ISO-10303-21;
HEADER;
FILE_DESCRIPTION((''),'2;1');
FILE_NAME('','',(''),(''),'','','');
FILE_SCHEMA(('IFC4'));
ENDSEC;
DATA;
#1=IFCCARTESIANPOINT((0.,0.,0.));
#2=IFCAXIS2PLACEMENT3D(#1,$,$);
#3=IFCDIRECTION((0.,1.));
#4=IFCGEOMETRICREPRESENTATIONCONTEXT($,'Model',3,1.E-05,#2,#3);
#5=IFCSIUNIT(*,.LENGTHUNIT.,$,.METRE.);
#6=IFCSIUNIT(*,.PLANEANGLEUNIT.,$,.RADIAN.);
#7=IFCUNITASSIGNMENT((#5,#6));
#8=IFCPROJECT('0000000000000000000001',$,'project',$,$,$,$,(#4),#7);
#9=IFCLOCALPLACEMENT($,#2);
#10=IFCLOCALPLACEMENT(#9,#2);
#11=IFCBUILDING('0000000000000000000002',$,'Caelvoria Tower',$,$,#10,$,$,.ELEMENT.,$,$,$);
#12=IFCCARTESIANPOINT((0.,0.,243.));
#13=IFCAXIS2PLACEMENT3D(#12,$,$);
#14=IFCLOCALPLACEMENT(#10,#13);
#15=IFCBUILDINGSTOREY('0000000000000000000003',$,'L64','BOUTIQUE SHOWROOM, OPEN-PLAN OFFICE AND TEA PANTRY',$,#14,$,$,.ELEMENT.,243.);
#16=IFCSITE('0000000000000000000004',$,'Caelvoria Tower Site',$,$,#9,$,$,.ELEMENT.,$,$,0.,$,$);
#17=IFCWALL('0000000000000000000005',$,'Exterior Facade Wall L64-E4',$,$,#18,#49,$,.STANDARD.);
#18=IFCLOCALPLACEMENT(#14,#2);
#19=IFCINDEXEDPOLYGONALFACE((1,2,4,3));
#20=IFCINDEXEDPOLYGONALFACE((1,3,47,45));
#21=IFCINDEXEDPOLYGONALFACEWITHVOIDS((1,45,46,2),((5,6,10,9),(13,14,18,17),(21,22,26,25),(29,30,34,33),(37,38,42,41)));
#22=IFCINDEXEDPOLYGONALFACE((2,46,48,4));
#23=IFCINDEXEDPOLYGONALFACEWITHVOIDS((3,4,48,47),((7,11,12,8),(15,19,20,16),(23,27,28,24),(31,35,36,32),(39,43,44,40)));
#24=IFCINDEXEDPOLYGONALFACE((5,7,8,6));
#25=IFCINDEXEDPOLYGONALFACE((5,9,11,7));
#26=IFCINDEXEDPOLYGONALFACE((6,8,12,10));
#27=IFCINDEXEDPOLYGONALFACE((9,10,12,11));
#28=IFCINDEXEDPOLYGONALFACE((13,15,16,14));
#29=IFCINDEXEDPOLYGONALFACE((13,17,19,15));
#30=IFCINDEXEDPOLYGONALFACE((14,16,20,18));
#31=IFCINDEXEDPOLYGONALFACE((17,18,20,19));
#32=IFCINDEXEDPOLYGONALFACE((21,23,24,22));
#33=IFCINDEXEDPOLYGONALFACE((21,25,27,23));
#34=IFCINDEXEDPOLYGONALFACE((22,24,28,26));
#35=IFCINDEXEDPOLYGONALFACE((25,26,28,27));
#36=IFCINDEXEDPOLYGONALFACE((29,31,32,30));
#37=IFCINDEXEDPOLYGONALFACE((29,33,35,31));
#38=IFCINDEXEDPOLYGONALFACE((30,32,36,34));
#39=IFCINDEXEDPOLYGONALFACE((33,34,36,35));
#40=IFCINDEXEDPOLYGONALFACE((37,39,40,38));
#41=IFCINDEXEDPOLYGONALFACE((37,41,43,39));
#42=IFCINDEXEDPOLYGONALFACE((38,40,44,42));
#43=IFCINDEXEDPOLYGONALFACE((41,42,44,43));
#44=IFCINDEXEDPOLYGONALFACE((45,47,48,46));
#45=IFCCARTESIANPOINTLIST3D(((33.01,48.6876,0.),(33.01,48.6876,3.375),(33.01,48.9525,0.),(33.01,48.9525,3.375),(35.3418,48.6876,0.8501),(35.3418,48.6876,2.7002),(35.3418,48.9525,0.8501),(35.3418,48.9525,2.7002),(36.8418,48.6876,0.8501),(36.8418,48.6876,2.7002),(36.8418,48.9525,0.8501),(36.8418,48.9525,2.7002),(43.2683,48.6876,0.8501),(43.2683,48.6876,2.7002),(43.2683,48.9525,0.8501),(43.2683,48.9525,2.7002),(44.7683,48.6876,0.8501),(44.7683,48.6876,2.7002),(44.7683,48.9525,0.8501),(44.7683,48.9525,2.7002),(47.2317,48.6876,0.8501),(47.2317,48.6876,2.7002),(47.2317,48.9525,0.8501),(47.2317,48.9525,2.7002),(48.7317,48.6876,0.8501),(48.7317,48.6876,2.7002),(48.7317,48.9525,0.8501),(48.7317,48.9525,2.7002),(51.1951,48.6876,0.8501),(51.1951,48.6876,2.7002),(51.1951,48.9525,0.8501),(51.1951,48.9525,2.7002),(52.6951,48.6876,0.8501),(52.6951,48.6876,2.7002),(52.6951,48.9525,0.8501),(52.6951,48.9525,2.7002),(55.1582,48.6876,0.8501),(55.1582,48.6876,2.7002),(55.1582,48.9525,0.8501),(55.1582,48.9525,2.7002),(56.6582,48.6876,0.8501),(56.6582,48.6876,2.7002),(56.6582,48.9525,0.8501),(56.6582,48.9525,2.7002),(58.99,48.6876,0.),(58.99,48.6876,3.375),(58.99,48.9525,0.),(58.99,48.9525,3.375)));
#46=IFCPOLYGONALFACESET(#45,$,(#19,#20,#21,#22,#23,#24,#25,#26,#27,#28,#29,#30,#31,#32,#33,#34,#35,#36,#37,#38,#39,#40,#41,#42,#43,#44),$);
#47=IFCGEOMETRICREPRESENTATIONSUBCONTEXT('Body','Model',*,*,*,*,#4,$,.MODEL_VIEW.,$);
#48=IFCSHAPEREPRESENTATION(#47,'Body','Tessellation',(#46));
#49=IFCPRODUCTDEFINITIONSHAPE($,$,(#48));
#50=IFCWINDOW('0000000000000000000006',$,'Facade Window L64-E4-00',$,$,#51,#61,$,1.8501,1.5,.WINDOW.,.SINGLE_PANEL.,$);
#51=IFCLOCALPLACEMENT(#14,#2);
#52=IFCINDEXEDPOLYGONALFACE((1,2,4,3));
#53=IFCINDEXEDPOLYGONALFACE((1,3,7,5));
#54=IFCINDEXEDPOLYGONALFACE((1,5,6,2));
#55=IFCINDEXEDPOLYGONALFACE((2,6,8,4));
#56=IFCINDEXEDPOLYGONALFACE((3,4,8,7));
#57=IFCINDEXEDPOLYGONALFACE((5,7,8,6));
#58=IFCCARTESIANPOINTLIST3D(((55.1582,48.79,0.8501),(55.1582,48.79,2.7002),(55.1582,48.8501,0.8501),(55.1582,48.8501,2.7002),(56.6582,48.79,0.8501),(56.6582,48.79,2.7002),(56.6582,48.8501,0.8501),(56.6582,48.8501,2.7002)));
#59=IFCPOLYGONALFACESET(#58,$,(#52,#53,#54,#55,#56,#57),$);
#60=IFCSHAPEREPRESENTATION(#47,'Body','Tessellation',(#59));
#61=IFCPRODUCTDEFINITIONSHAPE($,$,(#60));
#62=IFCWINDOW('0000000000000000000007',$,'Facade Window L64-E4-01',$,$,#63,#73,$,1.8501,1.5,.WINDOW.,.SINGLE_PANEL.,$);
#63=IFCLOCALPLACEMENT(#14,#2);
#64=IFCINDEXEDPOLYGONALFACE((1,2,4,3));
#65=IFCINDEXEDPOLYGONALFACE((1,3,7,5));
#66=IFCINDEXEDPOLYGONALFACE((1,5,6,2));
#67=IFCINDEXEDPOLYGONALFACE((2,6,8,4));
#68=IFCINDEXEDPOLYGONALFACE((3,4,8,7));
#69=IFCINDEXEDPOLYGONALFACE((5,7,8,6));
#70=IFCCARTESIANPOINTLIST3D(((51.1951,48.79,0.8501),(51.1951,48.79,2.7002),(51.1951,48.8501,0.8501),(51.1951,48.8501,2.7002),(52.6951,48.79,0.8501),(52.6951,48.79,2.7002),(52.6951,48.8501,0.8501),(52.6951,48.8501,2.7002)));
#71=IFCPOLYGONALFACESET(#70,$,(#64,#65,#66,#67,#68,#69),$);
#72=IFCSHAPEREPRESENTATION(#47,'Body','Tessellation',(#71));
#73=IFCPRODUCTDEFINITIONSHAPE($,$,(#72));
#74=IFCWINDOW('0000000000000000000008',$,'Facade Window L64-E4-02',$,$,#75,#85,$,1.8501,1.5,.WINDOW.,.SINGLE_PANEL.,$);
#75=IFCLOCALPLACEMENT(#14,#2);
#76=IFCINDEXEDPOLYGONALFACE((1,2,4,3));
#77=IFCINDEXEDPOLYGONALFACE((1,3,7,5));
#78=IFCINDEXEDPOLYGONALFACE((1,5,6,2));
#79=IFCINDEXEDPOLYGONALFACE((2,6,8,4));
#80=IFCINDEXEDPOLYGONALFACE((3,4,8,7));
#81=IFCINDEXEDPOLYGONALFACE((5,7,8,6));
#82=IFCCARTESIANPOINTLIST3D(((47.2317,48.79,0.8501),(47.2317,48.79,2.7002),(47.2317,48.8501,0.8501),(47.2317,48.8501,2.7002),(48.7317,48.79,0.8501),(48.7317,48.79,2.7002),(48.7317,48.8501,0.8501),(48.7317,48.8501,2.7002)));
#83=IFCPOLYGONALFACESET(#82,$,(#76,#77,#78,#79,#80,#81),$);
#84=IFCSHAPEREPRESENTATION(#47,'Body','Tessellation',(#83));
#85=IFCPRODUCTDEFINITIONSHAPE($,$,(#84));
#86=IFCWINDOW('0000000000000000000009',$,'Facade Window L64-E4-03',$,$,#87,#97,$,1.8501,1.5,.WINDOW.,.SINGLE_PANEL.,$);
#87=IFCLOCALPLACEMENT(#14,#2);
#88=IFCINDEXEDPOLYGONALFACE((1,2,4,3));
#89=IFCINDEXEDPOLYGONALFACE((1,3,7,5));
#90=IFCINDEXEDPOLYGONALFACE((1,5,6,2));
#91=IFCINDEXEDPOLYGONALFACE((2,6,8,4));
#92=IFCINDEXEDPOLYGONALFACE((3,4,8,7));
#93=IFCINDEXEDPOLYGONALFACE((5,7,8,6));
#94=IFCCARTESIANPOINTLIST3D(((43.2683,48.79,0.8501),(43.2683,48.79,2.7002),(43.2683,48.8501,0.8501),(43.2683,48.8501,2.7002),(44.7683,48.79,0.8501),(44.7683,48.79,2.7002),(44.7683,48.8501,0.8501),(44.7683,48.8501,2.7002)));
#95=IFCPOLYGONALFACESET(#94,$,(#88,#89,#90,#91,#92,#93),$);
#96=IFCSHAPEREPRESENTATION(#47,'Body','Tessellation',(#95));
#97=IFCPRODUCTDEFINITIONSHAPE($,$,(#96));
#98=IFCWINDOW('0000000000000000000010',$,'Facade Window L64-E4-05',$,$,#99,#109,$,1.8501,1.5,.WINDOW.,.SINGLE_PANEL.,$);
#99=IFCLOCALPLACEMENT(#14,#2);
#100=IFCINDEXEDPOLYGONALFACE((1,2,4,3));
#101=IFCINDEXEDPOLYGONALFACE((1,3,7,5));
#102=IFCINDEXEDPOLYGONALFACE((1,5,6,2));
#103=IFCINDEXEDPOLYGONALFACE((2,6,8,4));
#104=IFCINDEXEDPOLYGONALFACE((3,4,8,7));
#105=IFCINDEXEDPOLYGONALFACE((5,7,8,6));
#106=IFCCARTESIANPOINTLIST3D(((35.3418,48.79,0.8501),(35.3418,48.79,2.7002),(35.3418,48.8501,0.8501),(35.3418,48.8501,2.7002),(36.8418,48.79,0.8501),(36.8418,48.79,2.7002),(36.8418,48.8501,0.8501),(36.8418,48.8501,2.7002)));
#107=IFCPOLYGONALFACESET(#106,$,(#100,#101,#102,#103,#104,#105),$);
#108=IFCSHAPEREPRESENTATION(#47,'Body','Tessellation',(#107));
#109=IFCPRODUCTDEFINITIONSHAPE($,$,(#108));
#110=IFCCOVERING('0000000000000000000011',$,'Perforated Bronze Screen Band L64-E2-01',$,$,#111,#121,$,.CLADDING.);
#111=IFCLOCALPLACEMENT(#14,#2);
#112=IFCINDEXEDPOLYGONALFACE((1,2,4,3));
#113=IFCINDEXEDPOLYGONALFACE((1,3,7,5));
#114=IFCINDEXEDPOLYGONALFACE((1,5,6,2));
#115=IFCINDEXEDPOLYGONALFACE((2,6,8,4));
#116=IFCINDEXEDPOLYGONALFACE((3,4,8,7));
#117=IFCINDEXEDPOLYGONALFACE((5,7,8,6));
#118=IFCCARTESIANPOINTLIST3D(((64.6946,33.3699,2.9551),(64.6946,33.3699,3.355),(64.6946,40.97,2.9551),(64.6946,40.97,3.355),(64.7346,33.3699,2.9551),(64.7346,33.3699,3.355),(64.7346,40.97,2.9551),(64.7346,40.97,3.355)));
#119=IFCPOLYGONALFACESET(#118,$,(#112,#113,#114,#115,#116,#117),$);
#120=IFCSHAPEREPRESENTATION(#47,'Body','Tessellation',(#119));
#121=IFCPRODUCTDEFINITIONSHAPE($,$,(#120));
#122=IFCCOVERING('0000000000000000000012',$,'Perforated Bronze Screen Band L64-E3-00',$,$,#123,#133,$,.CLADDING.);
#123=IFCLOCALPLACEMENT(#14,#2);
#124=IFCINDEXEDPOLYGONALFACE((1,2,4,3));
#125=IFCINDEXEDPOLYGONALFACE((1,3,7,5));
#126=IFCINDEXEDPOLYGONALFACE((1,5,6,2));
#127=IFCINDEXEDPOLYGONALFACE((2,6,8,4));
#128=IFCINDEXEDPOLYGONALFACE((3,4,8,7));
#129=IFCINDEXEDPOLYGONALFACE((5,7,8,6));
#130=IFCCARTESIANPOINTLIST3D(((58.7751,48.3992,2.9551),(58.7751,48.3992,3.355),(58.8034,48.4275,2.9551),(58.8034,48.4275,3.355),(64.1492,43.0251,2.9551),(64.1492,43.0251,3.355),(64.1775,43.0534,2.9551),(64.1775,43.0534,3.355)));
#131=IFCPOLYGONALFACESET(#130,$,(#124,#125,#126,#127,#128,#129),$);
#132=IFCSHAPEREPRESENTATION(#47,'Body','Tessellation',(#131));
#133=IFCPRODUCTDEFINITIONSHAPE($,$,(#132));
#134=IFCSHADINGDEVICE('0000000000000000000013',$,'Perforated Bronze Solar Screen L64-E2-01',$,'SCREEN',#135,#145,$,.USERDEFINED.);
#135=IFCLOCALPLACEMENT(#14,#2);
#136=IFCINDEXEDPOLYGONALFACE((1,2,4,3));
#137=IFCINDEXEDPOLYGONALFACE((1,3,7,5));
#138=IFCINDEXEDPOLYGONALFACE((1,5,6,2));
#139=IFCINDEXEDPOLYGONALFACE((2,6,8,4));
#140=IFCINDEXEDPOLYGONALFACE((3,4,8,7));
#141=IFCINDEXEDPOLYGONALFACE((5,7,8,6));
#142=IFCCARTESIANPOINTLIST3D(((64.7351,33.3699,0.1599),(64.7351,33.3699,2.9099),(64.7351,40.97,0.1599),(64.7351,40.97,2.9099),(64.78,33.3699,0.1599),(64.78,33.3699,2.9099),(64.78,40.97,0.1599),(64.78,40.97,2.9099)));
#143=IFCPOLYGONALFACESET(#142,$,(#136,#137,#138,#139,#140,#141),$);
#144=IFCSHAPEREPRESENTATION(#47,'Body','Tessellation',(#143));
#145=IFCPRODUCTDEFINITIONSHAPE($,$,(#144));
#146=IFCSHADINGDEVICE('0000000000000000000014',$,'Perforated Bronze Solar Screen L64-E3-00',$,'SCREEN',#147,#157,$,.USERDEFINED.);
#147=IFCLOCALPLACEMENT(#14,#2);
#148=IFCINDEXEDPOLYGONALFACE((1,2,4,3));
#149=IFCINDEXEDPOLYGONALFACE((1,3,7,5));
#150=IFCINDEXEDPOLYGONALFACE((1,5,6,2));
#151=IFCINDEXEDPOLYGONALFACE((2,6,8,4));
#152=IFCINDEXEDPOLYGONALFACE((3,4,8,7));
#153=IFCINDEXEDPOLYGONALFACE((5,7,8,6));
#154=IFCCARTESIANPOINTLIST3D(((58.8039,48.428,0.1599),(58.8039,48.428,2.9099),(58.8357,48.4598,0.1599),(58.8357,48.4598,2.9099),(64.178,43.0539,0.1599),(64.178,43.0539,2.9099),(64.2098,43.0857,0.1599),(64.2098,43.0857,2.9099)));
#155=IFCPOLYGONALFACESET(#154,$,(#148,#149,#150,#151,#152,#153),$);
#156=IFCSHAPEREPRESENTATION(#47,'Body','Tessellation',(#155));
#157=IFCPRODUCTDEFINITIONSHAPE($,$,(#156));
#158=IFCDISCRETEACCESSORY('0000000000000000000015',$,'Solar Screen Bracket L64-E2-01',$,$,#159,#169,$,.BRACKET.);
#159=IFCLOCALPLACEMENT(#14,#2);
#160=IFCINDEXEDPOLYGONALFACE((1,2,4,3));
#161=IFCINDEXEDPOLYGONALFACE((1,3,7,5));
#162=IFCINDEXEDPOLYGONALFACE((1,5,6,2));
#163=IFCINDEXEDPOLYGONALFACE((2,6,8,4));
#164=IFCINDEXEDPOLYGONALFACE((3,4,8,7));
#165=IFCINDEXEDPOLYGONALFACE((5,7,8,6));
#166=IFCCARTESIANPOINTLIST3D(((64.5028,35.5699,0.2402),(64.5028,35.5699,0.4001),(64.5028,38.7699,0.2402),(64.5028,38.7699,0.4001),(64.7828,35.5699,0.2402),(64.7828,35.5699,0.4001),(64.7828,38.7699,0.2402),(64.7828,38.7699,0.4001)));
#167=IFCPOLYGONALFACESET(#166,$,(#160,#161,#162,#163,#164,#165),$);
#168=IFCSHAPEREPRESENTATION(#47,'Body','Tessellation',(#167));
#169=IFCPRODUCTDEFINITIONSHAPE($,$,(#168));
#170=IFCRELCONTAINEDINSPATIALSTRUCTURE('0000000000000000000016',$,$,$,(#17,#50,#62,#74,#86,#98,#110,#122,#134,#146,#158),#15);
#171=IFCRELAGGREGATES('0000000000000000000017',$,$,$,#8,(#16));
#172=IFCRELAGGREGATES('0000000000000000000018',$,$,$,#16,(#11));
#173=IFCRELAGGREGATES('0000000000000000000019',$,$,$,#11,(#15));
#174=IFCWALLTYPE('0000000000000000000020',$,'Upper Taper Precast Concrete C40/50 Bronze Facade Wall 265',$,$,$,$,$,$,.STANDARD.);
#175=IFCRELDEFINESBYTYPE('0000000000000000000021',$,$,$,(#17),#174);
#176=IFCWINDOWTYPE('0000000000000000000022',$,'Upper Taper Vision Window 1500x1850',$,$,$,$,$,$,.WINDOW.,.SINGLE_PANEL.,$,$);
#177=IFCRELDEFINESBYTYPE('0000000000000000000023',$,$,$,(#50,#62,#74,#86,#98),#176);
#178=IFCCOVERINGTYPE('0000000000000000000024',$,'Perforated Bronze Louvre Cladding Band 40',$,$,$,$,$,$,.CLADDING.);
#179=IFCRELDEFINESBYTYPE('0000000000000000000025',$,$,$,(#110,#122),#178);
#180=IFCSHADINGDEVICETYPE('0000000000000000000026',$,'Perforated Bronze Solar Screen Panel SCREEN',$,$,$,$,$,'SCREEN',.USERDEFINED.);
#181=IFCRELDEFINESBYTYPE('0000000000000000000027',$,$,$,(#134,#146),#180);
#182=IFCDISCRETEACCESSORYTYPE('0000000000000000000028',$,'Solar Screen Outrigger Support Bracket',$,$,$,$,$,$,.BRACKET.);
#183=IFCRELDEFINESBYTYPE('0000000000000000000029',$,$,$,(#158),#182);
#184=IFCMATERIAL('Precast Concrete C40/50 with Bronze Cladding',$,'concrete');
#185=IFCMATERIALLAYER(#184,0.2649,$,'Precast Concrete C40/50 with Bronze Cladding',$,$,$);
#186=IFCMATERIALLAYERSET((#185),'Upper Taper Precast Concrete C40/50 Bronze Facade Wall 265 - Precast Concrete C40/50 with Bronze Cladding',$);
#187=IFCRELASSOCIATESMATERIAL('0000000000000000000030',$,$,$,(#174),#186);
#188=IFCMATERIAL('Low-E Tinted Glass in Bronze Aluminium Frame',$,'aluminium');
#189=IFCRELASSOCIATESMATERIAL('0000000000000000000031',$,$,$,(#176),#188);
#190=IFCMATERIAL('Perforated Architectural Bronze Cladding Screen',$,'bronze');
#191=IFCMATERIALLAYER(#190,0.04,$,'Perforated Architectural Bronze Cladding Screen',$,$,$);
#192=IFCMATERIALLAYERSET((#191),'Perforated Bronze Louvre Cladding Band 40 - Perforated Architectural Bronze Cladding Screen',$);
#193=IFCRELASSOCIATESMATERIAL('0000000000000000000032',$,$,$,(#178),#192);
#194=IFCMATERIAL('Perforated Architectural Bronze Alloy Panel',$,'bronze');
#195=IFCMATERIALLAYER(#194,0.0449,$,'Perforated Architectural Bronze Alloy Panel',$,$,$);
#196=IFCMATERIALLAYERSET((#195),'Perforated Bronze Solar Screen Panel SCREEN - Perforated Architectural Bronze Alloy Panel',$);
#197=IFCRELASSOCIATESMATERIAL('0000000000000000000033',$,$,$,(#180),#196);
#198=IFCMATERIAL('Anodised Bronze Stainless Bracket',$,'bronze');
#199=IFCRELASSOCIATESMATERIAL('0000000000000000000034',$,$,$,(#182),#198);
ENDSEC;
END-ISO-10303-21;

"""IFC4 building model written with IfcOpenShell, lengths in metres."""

from ifc_helpers import new_model, si_unit, direction, frame, frame_2d, origin, origin_2d, place, context, subcontext, project, spatial, rectangle, extrude, material, layer, layer_set, type_object, element, fill, save


model = new_model("IFC4")

# Units and contexts
model_context = context("Model", 3, precision=1e-05, world=origin(), true_north=direction((0.0, 1.0)))
body_context = subcontext(model_context, "Body", "Model", "MODEL_VIEW")
ifc_project = project(units=[si_unit("LENGTHUNIT", "METRE"), si_unit("PLANEANGLEUNIT", "RADIAN")], contexts=[model_context])

# Site, building, storey
site_placement = place(None, origin())
site = spatial("IfcSite", under=ifc_project, at=site_placement, Name="Caelvoria Tower Site", CompositionType="ELEMENT", RefElevation=0.0)
building_placement = place(site_placement, origin())
building = spatial("IfcBuilding", under=site, at=building_placement, Name="Caelvoria Tower", CompositionType="ELEMENT")
storey_placement = place(building_placement, frame((0.0, 0.0, 243.0)))
storey = spatial("IfcBuildingStorey", under=building, at=storey_placement, Name="L64", Description="BOUTIQUE SHOWROOM, OPEN-PLAN OFFICE AND TEA PANTRY", CompositionType="ELEMENT", Elevation=243.0)

# Shared definitions
ifc_material_1 = material(Name="Precast Concrete C40/50 with Bronze Cladding", Category="concrete")
ifc_layer_1 = layer(ifc_material_1, 0.2649, Name="Precast Concrete C40/50 with Bronze Cladding")
ifc_layer_set_1 = layer_set([ifc_layer_1], Name="Upper Taper Precast Concrete C40/50 Bronze Facade Wall 265 - Precast Concrete C40/50 with Bronze Cladding")
wall_type_1 = type_object("IfcWallType", Name="Upper Taper Precast Concrete C40/50 Bronze Facade Wall 265", PredefinedType="STANDARD", material=ifc_layer_set_1)

# Wall, openings, windows
wall_1_placement = place(storey_placement, frame((58.99, 48.8201, 0.0), z_axis=(0.0, 0.0, 1.0), x_axis=(-1.0, 0.0, 0.0)))
wall_1 = element("IfcWall", 1, at=wall_1_placement, inside=storey, type_object=wall_type_1, Name="Exterior Facade Wall L64-E4", PredefinedType="STANDARD", context=body_context, shape_type="SweptSolid", body=[
    extrude(rectangle(XDim=25.98, YDim=0.2649, at=frame_2d((12.99, 0.0))), origin(), (0.0, 0.0, 1.0), 3.375),
])
opening_1_placement = place(wall_1_placement, frame((2.3318, 0.0, 0.8501)))
opening_1 = element("IfcOpeningElement", 2, at=opening_1_placement, cuts=wall_1, PredefinedType="OPENING", context=body_context, shape_type="SweptSolid", body=[
    extrude(rectangle(XDim=1.5, YDim=1.8501, at=frame_2d((0.75, 0.925))), frame((0.0, 0.1423, 0.0), z_axis=(0.0, -1.0, 0.0), x_axis=(1.0, 0.0, 0.0)), (0.0, 0.0, 1.0), 0.2849),
])
opening_2_placement = place(wall_1_placement, frame((6.2949, 0.0, 0.8501)))
opening_2 = element("IfcOpeningElement", 3, at=opening_2_placement, cuts=wall_1, PredefinedType="OPENING", context=body_context, shape_type="SweptSolid", body=[
    extrude(rectangle(XDim=1.5, YDim=1.8501, at=frame_2d((0.75, 0.925))), frame((0.0, 0.1423, 0.0), z_axis=(0.0, -1.0, 0.0), x_axis=(1.0, 0.0, 0.0)), (0.0, 0.0, 1.0), 0.2849),
])
opening_3_placement = place(wall_1_placement, frame((10.2583, 0.0, 0.8501)))
opening_3 = element("IfcOpeningElement", 4, at=opening_3_placement, cuts=wall_1, PredefinedType="OPENING", context=body_context, shape_type="SweptSolid", body=[
    extrude(rectangle(XDim=1.5, YDim=1.8501, at=frame_2d((0.75, 0.925))), frame((0.0, 0.1423, 0.0), z_axis=(0.0, -1.0, 0.0), x_axis=(1.0, 0.0, 0.0)), (0.0, 0.0, 1.0), 0.2849),
])
opening_4_placement = place(wall_1_placement, frame((14.2217, 0.0, 0.8501)))
opening_4 = element("IfcOpeningElement", 5, at=opening_4_placement, cuts=wall_1, PredefinedType="OPENING", context=body_context, shape_type="SweptSolid", body=[
    extrude(rectangle(XDim=1.5, YDim=1.8501, at=frame_2d((0.75, 0.925))), frame((0.0, 0.1423, 0.0), z_axis=(0.0, -1.0, 0.0), x_axis=(1.0, 0.0, 0.0)), (0.0, 0.0, 1.0), 0.2849),
])
opening_5_placement = place(wall_1_placement, frame((22.1482, 0.0, 0.8501)))
opening_5 = element("IfcOpeningElement", 6, at=opening_5_placement, cuts=wall_1, PredefinedType="OPENING", context=body_context, shape_type="SweptSolid", body=[
    extrude(rectangle(XDim=1.5, YDim=1.8501, at=frame_2d((0.75, 0.925))), frame((0.0, 0.1423, 0.0), z_axis=(0.0, -1.0, 0.0), x_axis=(1.0, 0.0, 0.0)), (0.0, 0.0, 1.0), 0.2849),
])
ifc_material_2 = material(Name="Low-E Tinted Glass in Bronze Aluminium Frame", Category="aluminium")
window_type = type_object("IfcWindowType", Name="Upper Taper Vision Window 1500x1850", PartitioningType="SINGLE_PANEL", PredefinedType="WINDOW", material=ifc_material_2)
window_1_placement = place(opening_1_placement, origin())
window_1 = element("IfcWindow", 7, at=window_1_placement, inside=storey, type_object=window_type, Name="Facade Window L64-E4-00", OverallHeight=1.8501, OverallWidth=1.5, PartitioningType="SINGLE_PANEL", PredefinedType="WINDOW", context=body_context, shape_type="SweptSolid", body=[
    extrude(rectangle(XDim=1.5, YDim=1.8501, at=frame_2d((0.75, 0.925))), frame((0.0, 0.03, 0.0), z_axis=(0.0, -1.0, 0.0), x_axis=(1.0, 0.0, 0.0)), (0.0, 0.0, 1.0), 0.0601),
])
fill(opening_1, window_1)
window_2_placement = place(opening_2_placement, origin())
window_2 = element("IfcWindow", 8, at=window_2_placement, inside=storey, type_object=window_type, Name="Facade Window L64-E4-01", OverallHeight=1.8501, OverallWidth=1.5, PartitioningType="SINGLE_PANEL", PredefinedType="WINDOW", context=body_context, shape_type="SweptSolid", body=[
    extrude(rectangle(XDim=1.5, YDim=1.8501, at=frame_2d((0.75, 0.925))), frame((0.0, 0.03, 0.0), z_axis=(0.0, -1.0, 0.0), x_axis=(1.0, 0.0, 0.0)), (0.0, 0.0, 1.0), 0.0601),
])
fill(opening_2, window_2)
window_3_placement = place(opening_3_placement, origin())
window_3 = element("IfcWindow", 9, at=window_3_placement, inside=storey, type_object=window_type, Name="Facade Window L64-E4-02", OverallHeight=1.8501, OverallWidth=1.5, PartitioningType="SINGLE_PANEL", PredefinedType="WINDOW", context=body_context, shape_type="SweptSolid", body=[
    extrude(rectangle(XDim=1.5, YDim=1.8501, at=frame_2d((0.75, 0.925))), frame((0.0, 0.03, 0.0), z_axis=(0.0, -1.0, 0.0), x_axis=(1.0, 0.0, 0.0)), (0.0, 0.0, 1.0), 0.0601),
])
fill(opening_3, window_3)
window_4_placement = place(opening_4_placement, origin())
window_4 = element("IfcWindow", 10, at=window_4_placement, inside=storey, type_object=window_type, Name="Facade Window L64-E4-03", OverallHeight=1.8501, OverallWidth=1.5, PartitioningType="SINGLE_PANEL", PredefinedType="WINDOW", context=body_context, shape_type="SweptSolid", body=[
    extrude(rectangle(XDim=1.5, YDim=1.8501, at=frame_2d((0.75, 0.925))), frame((0.0, 0.03, 0.0), z_axis=(0.0, -1.0, 0.0), x_axis=(1.0, 0.0, 0.0)), (0.0, 0.0, 1.0), 0.0601),
])
fill(opening_4, window_4)
window_5_placement = place(opening_5_placement, origin())
window_5 = element("IfcWindow", 11, at=window_5_placement, inside=storey, type_object=window_type, Name="Facade Window L64-E4-05", OverallHeight=1.8501, OverallWidth=1.5, PartitioningType="SINGLE_PANEL", PredefinedType="WINDOW", context=body_context, shape_type="SweptSolid", body=[
    extrude(rectangle(XDim=1.5, YDim=1.8501, at=frame_2d((0.75, 0.925))), frame((0.0, 0.03, 0.0), z_axis=(0.0, -1.0, 0.0), x_axis=(1.0, 0.0, 0.0)), (0.0, 0.0, 1.0), 0.0601),
])
fill(opening_5, window_5)

# Coverings
ifc_material_3 = material(Name="Perforated Architectural Bronze Cladding Screen", Category="bronze")
ifc_layer_2 = layer(ifc_material_3, 0.04, Name="Perforated Architectural Bronze Cladding Screen")
ifc_layer_set_2 = layer_set([ifc_layer_2], Name="Perforated Bronze Louvre Cladding Band 40 - Perforated Architectural Bronze Cladding Screen")
covering_type = type_object("IfcCoveringType", Name="Perforated Bronze Louvre Cladding Band 40", PredefinedType="CLADDING", material=ifc_layer_set_2)
for number, where, z_axis, x_axis, name in (
    (12, (64.7146, 37.1699, 2.9551), (0.0, 0.0, 1.0), (0.0, 1.0, 0.0), "Perforated Bronze Screen Band L64-E2-01"),
    (13, (61.4763, 45.7263, 2.9551), (0.0, 0.0, 1.0), (-0.707107, 0.707107, 0.0), "Perforated Bronze Screen Band L64-E3-00"),
):
    element("IfcCovering", number, at=place(storey_placement, frame(where, z_axis=z_axis, x_axis=x_axis)), inside=storey, type_object=covering_type, Name=name, PredefinedType="CLADDING", context=body_context, shape_type="SweptSolid", body=[
        extrude(rectangle(XDim=7.6001, YDim=0.04, at=origin_2d()), origin(), (0.0, 0.0, 1.0), 0.3999),
    ])

# Shading devices
ifc_material_4 = material(Name="Perforated Architectural Bronze Alloy Panel", Category="bronze")
ifc_layer_3 = layer(ifc_material_4, 0.0449, Name="Perforated Architectural Bronze Alloy Panel")
ifc_layer_set_3 = layer_set([ifc_layer_3], Name="Perforated Bronze Solar Screen Panel SCREEN - Perforated Architectural Bronze Alloy Panel")
shading_device_type = type_object("IfcShadingDeviceType", Name="Perforated Bronze Solar Screen Panel SCREEN", ElementType="SCREEN", PredefinedType="USERDEFINED", material=ifc_layer_set_3)
for number, where, z_axis, x_axis, name in (
    (14, (64.7576, 37.1699, 0.1599), (0.0, 0.0, 1.0), (0.0, 1.0, 0.0), "Perforated Bronze Solar Screen L64-E2-01"),
    (15, (61.5068, 45.7568, 0.1599), (0.0, 0.0, 1.0), (-0.707107, 0.707107, 0.0), "Perforated Bronze Solar Screen L64-E3-00"),
):
    element("IfcShadingDevice", number, at=place(storey_placement, frame(where, z_axis=z_axis, x_axis=x_axis)), inside=storey, type_object=shading_device_type, Name=name, ObjectType="SCREEN", PredefinedType="USERDEFINED", context=body_context, shape_type="SweptSolid", body=[
        extrude(rectangle(XDim=7.6001, YDim=0.0449, at=origin_2d()), origin(), (0.0, 0.0, 1.0), 2.75),
    ])

# Discrete accessory
ifc_material_5 = material(Name="Anodised Bronze Stainless Bracket", Category="bronze")
discrete_accessory_type = type_object("IfcDiscreteAccessoryType", Name="Solar Screen Outrigger Support Bracket", PredefinedType="BRACKET", material=ifc_material_5)
for number, where, z_axis, x_axis, name in (
    (16, (64.6428, 37.1699, 0.2402), (0.0, 0.0, 1.0), (0.0, 1.0, 0.0), "Solar Screen Bracket L64-E2-01"),
):
    element("IfcDiscreteAccessory", number, at=place(storey_placement, frame(where, z_axis=z_axis, x_axis=x_axis)), inside=storey, type_object=discrete_accessory_type, Name=name, PredefinedType="BRACKET", context=body_context, shape_type="SweptSolid", body=[
        extrude(rectangle(XDim=3.2, YDim=0.28, at=origin_2d()), origin(), (0.0, 0.0, 1.0), 0.1599),
    ])

save(model, "model.ifc")
